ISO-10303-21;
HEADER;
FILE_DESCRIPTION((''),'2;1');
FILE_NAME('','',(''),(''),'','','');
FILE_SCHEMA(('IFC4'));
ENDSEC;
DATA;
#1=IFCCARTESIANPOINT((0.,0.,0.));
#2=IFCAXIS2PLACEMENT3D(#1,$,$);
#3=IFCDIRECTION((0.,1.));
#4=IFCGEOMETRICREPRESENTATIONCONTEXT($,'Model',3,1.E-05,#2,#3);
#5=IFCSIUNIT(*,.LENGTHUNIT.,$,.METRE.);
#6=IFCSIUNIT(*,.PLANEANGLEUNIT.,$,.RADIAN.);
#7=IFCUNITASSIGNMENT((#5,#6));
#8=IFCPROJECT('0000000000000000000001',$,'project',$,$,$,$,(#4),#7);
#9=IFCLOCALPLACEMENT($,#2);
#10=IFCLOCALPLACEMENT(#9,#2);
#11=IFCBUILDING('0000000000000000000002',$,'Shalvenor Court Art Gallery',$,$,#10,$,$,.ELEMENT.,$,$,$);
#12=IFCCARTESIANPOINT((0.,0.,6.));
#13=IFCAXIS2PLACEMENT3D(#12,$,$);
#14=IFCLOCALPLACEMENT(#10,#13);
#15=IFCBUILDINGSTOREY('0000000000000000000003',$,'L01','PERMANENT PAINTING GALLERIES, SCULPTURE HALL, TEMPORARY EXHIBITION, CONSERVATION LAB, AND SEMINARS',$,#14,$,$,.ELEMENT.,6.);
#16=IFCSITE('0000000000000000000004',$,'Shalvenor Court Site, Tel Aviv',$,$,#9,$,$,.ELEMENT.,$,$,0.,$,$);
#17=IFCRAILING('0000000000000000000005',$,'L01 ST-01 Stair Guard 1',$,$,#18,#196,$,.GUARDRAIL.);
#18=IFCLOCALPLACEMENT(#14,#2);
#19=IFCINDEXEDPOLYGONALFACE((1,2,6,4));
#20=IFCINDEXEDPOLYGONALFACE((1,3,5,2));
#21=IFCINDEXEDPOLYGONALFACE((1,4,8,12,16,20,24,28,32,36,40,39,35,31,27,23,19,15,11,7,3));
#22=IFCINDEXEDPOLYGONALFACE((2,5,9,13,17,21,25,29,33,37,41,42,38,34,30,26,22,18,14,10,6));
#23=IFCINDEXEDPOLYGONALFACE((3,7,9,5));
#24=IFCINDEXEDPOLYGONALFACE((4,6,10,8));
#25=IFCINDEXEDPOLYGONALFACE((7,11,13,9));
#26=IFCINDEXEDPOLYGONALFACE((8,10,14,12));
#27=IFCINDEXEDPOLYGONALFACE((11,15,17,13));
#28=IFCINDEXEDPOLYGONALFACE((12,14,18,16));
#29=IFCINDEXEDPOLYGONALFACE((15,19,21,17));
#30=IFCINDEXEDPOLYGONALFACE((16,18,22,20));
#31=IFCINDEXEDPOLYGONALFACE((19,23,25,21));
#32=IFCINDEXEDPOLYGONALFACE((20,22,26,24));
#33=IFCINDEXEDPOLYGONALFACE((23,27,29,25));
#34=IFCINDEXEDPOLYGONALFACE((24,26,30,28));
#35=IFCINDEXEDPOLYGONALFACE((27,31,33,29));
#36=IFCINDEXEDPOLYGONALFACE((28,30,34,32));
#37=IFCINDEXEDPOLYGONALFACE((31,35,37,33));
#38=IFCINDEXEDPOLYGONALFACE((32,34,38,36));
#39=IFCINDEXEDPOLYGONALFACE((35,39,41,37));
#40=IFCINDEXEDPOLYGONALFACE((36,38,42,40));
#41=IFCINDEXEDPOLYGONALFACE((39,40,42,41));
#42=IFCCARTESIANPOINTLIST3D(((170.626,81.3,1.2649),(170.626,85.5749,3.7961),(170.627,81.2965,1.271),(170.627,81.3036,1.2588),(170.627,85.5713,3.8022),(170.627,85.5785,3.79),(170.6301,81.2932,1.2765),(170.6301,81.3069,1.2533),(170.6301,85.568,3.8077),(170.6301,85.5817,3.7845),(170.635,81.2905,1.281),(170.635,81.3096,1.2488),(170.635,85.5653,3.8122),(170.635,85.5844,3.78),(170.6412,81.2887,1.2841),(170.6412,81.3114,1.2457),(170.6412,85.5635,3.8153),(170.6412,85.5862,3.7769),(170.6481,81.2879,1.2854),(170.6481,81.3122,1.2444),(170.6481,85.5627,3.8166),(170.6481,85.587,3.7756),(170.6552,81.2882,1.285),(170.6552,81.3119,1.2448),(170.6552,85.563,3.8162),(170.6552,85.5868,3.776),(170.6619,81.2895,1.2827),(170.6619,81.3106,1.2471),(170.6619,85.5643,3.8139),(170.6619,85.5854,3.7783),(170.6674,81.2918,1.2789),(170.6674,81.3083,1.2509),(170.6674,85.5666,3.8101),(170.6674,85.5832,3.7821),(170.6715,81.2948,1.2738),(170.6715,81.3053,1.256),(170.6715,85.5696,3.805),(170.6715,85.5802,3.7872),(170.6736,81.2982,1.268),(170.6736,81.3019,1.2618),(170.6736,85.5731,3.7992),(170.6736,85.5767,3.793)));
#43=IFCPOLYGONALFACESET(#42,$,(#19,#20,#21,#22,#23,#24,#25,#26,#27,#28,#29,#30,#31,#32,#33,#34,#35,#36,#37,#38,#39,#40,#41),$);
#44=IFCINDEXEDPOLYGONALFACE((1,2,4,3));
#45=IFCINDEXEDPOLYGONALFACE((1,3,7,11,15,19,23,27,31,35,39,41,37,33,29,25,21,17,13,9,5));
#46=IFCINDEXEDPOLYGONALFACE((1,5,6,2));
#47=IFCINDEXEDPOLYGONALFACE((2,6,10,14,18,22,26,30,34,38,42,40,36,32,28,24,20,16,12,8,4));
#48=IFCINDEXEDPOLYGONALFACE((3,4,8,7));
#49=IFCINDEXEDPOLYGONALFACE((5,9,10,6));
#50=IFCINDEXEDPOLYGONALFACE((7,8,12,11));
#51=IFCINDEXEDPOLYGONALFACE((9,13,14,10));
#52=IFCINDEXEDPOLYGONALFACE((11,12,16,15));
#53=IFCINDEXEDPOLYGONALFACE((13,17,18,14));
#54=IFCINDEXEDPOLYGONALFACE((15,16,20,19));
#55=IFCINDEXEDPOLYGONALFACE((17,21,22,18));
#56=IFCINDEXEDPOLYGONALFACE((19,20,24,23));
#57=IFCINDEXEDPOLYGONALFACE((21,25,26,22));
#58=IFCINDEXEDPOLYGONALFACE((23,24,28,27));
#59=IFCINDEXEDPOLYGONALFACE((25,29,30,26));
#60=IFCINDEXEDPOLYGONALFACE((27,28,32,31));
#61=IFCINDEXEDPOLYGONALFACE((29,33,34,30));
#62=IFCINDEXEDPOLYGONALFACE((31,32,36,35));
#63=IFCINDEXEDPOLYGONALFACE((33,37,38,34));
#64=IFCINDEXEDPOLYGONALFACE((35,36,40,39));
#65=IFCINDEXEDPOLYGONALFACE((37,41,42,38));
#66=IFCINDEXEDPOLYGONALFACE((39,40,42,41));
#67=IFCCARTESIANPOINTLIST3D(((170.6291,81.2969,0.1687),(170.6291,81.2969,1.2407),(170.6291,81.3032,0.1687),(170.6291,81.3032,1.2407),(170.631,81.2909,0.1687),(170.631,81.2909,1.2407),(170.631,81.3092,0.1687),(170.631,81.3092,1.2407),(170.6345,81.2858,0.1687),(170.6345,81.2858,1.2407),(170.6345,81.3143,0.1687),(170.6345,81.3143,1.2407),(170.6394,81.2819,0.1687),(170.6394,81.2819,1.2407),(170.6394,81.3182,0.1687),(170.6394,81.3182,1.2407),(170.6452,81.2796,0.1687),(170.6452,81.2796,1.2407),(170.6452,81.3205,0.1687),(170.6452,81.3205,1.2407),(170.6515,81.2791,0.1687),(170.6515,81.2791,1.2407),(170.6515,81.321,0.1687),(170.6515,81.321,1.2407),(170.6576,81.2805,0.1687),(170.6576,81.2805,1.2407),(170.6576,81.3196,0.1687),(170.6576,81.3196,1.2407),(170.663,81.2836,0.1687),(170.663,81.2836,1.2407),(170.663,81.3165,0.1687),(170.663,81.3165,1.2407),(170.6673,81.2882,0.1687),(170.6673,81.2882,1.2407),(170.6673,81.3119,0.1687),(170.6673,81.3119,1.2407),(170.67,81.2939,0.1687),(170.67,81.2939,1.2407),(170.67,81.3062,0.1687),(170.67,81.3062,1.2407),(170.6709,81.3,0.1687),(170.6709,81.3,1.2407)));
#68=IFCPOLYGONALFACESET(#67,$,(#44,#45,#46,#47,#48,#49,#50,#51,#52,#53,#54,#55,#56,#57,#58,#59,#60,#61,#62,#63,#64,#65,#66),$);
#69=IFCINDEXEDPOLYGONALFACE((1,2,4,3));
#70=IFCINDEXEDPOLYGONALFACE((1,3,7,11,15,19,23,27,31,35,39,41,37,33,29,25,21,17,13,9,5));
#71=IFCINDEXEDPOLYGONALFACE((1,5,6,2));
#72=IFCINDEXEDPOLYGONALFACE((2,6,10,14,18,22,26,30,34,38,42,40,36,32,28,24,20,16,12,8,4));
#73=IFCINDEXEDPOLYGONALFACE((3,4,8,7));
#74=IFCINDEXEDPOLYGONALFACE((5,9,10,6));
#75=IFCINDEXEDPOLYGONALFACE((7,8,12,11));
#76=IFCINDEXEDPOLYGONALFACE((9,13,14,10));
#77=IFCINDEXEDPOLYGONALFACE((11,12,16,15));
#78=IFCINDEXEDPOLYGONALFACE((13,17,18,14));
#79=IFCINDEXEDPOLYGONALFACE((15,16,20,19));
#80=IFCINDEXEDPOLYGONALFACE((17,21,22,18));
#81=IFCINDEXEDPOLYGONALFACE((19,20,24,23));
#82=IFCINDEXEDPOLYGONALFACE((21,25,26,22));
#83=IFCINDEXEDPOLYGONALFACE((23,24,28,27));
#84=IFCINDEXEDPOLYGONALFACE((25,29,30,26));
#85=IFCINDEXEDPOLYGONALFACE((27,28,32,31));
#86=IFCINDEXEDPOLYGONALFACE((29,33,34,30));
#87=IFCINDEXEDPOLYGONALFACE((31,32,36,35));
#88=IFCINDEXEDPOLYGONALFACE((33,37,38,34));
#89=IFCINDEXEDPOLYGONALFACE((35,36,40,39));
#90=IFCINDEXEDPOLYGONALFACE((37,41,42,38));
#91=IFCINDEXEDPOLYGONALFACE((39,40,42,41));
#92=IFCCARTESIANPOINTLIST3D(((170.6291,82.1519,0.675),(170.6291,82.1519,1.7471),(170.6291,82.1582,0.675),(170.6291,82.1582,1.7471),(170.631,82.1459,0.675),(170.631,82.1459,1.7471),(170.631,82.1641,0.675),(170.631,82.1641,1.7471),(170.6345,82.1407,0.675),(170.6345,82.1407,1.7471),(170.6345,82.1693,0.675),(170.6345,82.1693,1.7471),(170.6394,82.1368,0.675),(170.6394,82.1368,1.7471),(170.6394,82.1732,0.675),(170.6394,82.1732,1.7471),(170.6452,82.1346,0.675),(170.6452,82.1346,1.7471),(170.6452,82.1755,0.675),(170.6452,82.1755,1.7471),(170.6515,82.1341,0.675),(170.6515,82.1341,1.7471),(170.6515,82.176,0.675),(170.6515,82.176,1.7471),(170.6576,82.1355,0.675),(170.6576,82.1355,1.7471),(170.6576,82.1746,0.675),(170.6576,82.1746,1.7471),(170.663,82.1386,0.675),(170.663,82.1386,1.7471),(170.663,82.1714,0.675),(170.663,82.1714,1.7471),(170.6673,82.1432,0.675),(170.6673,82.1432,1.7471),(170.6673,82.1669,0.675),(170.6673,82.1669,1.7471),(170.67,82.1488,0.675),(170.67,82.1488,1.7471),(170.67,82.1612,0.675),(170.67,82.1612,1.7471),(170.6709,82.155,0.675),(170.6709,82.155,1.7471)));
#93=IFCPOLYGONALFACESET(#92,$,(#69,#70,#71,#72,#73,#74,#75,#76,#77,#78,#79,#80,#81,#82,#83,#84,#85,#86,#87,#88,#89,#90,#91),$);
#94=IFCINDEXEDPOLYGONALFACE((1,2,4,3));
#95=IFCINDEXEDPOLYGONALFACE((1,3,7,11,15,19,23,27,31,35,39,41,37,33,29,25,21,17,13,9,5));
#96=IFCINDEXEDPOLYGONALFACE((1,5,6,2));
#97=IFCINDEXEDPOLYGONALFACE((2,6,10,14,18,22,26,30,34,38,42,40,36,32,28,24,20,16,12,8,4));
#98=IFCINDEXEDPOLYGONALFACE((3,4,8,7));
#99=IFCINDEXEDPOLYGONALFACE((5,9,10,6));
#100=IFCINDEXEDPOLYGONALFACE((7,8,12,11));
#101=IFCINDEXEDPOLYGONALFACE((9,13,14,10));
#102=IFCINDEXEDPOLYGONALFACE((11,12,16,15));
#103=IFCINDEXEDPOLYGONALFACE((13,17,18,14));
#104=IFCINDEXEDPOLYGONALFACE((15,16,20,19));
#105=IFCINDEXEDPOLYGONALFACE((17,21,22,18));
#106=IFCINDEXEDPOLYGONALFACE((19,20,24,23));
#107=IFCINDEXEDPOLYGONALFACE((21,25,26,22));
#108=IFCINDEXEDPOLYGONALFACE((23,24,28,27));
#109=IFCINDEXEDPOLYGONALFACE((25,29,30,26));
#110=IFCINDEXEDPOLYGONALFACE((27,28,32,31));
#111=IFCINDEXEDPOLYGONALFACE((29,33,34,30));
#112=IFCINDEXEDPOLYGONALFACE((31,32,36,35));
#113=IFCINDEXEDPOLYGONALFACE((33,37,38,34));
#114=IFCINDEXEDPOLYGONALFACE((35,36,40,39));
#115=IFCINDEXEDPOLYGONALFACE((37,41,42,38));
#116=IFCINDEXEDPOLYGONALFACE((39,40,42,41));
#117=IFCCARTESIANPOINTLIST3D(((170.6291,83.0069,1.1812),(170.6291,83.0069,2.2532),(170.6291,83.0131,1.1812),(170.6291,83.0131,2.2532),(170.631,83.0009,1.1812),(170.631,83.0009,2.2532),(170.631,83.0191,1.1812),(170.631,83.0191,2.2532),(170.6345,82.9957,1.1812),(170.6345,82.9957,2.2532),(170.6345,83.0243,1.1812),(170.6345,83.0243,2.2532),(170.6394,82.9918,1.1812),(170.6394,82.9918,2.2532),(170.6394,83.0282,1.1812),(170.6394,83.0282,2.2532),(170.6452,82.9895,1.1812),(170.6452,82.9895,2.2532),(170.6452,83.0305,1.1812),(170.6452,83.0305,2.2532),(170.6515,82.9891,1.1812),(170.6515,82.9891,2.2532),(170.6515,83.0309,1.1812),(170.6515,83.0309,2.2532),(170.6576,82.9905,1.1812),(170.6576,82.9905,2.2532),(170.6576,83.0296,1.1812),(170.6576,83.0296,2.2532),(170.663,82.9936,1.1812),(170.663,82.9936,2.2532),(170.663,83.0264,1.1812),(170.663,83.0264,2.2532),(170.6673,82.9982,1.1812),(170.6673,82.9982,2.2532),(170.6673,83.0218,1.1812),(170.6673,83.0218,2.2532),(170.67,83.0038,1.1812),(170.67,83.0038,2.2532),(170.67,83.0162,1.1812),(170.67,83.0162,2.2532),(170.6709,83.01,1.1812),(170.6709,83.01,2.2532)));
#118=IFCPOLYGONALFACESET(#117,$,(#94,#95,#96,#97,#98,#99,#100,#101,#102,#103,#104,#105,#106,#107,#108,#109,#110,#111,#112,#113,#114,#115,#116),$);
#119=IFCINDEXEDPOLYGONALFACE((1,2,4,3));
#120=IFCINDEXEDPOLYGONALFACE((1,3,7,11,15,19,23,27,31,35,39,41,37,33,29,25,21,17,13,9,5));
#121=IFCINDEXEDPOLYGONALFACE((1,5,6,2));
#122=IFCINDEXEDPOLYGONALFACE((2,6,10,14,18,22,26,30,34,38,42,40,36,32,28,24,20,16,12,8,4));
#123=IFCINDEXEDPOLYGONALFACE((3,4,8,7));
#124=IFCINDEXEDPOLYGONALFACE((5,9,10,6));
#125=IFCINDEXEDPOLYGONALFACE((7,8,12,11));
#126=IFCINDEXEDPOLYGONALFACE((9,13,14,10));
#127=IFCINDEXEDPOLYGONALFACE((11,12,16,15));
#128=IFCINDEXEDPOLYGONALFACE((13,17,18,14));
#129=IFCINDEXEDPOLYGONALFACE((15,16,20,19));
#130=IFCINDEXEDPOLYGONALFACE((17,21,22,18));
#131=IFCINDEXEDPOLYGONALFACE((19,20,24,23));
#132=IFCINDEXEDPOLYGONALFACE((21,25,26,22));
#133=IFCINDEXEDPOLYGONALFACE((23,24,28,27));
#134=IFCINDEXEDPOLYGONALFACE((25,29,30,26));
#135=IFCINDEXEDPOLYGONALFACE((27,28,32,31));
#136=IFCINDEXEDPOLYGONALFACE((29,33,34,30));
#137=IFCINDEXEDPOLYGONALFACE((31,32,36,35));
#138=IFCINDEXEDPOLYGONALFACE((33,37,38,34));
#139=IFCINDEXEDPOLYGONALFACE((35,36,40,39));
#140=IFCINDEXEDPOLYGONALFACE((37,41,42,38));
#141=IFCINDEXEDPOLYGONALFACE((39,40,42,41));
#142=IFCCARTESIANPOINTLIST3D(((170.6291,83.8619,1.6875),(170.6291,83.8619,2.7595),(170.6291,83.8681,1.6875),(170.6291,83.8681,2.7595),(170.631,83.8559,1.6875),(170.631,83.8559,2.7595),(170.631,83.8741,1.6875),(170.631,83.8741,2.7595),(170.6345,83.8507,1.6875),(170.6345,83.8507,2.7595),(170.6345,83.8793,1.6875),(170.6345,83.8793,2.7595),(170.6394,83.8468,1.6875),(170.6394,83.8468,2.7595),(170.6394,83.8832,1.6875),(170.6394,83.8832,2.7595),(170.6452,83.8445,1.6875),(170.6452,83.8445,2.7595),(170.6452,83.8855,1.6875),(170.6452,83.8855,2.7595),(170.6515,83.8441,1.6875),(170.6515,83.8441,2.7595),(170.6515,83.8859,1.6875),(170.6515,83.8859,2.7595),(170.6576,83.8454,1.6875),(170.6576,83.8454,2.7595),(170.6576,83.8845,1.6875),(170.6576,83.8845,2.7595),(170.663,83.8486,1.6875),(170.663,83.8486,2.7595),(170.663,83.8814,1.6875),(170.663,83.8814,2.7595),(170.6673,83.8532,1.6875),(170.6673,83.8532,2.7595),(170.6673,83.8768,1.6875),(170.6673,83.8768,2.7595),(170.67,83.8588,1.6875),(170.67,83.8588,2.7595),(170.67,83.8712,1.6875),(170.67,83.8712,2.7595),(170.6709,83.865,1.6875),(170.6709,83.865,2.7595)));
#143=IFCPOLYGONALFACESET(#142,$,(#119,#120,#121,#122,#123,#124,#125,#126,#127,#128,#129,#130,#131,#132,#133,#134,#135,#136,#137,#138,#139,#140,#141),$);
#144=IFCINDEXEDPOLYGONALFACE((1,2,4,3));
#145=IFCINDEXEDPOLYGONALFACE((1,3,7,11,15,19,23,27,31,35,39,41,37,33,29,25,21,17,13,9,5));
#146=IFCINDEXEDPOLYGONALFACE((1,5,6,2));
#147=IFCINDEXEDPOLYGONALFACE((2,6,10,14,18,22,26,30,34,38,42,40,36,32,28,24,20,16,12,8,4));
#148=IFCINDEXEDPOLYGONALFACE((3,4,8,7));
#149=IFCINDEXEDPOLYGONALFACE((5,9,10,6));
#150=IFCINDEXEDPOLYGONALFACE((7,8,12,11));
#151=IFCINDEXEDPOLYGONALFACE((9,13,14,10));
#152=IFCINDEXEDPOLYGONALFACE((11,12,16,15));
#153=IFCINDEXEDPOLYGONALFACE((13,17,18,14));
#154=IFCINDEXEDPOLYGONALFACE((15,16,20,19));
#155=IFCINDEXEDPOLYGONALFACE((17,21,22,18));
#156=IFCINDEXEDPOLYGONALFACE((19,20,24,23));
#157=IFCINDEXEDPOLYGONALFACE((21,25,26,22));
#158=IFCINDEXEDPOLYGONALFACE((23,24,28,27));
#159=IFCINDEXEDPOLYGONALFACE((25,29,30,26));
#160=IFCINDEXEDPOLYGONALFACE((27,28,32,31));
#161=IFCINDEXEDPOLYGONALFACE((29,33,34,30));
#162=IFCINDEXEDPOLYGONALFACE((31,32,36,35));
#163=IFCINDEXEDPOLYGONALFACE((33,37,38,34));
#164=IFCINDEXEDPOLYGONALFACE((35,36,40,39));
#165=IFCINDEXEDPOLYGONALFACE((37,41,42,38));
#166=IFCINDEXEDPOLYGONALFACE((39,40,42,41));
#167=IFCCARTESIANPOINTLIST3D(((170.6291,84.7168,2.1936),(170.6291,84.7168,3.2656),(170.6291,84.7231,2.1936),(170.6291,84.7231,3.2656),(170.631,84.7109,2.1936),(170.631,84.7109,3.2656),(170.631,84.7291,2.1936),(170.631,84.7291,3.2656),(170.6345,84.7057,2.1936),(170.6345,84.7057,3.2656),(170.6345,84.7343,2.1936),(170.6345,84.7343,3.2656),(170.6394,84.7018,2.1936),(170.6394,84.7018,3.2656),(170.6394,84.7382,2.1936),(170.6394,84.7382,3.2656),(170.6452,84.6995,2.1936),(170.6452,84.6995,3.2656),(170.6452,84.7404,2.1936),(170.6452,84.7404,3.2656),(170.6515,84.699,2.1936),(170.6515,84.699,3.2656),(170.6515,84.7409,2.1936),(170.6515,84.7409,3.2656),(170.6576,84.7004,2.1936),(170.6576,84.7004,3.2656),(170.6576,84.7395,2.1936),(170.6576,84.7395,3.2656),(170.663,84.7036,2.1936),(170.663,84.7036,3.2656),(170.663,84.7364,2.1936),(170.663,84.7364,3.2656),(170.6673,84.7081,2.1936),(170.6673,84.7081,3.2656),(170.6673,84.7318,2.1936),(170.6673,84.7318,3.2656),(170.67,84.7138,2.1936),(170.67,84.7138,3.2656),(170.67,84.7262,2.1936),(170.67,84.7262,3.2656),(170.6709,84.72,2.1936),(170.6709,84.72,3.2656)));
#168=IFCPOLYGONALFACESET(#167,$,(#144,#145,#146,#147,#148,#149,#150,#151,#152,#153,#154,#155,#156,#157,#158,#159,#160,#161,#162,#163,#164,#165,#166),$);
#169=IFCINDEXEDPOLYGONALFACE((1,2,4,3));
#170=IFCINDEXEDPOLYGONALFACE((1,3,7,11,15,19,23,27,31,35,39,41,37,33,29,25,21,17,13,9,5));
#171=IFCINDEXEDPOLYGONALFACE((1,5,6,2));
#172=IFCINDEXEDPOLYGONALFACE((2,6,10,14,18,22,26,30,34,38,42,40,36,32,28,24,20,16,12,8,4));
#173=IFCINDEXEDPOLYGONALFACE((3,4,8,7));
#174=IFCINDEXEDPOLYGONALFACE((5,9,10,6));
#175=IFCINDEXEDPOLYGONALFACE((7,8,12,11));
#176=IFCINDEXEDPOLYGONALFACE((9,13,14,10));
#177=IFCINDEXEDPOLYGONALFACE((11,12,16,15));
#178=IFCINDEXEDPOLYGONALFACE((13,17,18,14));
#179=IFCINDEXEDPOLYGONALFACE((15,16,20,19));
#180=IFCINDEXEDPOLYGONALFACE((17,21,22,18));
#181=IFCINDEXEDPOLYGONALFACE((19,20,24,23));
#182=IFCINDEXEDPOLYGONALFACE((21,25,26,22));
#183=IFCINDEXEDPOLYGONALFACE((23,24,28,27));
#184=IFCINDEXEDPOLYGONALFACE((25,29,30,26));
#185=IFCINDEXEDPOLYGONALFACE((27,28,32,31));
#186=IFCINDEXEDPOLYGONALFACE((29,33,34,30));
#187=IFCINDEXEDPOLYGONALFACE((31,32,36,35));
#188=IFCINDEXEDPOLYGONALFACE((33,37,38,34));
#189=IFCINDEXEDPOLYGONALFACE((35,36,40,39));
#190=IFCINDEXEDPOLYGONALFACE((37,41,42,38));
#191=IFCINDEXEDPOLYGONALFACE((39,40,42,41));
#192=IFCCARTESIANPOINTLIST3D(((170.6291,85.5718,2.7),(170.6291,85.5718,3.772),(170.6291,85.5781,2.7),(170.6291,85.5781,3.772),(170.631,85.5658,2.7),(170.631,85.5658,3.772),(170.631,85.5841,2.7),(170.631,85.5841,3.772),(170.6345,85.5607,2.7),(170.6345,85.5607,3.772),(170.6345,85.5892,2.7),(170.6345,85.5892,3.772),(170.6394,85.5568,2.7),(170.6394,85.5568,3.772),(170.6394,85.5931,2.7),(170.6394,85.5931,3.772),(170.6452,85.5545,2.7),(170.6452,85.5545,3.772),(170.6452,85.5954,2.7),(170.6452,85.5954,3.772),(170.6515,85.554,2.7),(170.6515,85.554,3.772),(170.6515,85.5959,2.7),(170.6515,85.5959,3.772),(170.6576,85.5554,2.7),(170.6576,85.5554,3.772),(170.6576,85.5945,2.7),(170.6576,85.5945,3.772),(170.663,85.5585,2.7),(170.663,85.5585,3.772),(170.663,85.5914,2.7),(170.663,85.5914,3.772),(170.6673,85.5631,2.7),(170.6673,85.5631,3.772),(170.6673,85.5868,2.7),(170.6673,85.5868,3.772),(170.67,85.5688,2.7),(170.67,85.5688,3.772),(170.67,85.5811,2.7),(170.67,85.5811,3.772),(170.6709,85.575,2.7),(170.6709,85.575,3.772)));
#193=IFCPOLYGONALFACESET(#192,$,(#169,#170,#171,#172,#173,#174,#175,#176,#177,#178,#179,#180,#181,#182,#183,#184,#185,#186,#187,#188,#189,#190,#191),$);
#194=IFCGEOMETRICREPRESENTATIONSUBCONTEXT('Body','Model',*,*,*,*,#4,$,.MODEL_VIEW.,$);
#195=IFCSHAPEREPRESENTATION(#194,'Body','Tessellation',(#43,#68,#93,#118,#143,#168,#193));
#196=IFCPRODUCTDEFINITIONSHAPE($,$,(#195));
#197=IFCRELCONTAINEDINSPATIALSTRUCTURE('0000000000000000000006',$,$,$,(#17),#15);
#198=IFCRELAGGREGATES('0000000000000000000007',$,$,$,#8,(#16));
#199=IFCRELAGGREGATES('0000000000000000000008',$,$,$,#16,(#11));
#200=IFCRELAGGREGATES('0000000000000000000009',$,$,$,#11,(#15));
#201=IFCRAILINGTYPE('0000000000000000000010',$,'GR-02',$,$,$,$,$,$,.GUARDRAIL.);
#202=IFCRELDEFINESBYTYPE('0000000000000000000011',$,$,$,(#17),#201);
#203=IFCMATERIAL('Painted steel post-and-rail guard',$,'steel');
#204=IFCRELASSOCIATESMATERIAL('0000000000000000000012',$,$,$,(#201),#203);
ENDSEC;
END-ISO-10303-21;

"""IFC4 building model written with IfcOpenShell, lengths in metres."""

from ifc_helpers import new_model, si_unit, direction, frame, origin, origin_2d, place, context, subcontext, project, spatial, circle, extrude, material, type_object, element, save


model = new_model("IFC4")

# Units and contexts
model_context = context("Model", 3, precision=1e-05, world=origin(), true_north=direction((0.0, 1.0)))
body_context = subcontext(model_context, "Body", "Model", "MODEL_VIEW")
ifc_project = project(units=[si_unit("LENGTHUNIT", "METRE"), si_unit("PLANEANGLEUNIT", "RADIAN")], contexts=[model_context])

# Site, building, storey
site_placement = place(None, origin())
site = spatial("IfcSite", under=ifc_project, at=site_placement, Name="Shalvenor Court Site, Tel Aviv", CompositionType="ELEMENT", RefElevation=0.0)
building_placement = place(site_placement, origin())
building = spatial("IfcBuilding", under=site, at=building_placement, Name="Shalvenor Court Art Gallery", CompositionType="ELEMENT")
storey_placement = place(building_placement, frame((0.0, 0.0, 6.0)))
storey = spatial("IfcBuildingStorey", under=building, at=storey_placement, Name="L01", Description="PERMANENT PAINTING GALLERIES, SCULPTURE HALL, TEMPORARY EXHIBITION, CONSERVATION LAB, AND SEMINARS", CompositionType="ELEMENT", Elevation=6.0)

# Railing
ifc_material_1 = material(Name="Painted steel post-and-rail guard", Category="steel")
railing_type_1 = type_object("IfcRailingType", Name="GR-02", PredefinedType="GUARDRAIL", material=ifc_material_1)
railing_1_placement = place(storey_placement, frame((170.6499, 81.3, 0.1687)))
element("IfcRailing", 1, at=railing_1_placement, inside=storey, type_object=railing_type_1, Name="L01 ST-01 Stair Guard 1", PredefinedType="GUARDRAIL", context=body_context, shape_type="SweptSolid", body=[
    extrude(circle(Radius=0.0239, at=origin_2d()), frame((0.0, 0.0, 1.0962), z_axis=(0.0, 0.86047, 0.509501), x_axis=(-1.0, 0.0, 0.0)), (0.0, 0.0, 1.0), 4.968),
    extrude(circle(Radius=0.021, at=origin_2d()), origin(), (0.0, 0.0, 1.0), 1.072),
    extrude(circle(Radius=0.021, at=origin_2d()), frame((0.0, 0.855, 0.5063)), (0.0, 0.0, 1.0), 1.072),
    extrude(circle(Radius=0.021, at=origin_2d()), frame((0.0, 1.71, 1.0125)), (0.0, 0.0, 1.0), 1.072),
    extrude(circle(Radius=0.021, at=origin_2d()), frame((0.0, 2.5649, 1.5188)), (0.0, 0.0, 1.0), 1.072),
    extrude(circle(Radius=0.021, at=origin_2d()), frame((0.0, 3.4199, 2.0249)), (0.0, 0.0, 1.0), 1.072),
    extrude(circle(Radius=0.021, at=origin_2d()), frame((0.0, 4.2749, 2.5312)), (0.0, 0.0, 1.0), 1.072),
])

save(model, "model.ifc")
